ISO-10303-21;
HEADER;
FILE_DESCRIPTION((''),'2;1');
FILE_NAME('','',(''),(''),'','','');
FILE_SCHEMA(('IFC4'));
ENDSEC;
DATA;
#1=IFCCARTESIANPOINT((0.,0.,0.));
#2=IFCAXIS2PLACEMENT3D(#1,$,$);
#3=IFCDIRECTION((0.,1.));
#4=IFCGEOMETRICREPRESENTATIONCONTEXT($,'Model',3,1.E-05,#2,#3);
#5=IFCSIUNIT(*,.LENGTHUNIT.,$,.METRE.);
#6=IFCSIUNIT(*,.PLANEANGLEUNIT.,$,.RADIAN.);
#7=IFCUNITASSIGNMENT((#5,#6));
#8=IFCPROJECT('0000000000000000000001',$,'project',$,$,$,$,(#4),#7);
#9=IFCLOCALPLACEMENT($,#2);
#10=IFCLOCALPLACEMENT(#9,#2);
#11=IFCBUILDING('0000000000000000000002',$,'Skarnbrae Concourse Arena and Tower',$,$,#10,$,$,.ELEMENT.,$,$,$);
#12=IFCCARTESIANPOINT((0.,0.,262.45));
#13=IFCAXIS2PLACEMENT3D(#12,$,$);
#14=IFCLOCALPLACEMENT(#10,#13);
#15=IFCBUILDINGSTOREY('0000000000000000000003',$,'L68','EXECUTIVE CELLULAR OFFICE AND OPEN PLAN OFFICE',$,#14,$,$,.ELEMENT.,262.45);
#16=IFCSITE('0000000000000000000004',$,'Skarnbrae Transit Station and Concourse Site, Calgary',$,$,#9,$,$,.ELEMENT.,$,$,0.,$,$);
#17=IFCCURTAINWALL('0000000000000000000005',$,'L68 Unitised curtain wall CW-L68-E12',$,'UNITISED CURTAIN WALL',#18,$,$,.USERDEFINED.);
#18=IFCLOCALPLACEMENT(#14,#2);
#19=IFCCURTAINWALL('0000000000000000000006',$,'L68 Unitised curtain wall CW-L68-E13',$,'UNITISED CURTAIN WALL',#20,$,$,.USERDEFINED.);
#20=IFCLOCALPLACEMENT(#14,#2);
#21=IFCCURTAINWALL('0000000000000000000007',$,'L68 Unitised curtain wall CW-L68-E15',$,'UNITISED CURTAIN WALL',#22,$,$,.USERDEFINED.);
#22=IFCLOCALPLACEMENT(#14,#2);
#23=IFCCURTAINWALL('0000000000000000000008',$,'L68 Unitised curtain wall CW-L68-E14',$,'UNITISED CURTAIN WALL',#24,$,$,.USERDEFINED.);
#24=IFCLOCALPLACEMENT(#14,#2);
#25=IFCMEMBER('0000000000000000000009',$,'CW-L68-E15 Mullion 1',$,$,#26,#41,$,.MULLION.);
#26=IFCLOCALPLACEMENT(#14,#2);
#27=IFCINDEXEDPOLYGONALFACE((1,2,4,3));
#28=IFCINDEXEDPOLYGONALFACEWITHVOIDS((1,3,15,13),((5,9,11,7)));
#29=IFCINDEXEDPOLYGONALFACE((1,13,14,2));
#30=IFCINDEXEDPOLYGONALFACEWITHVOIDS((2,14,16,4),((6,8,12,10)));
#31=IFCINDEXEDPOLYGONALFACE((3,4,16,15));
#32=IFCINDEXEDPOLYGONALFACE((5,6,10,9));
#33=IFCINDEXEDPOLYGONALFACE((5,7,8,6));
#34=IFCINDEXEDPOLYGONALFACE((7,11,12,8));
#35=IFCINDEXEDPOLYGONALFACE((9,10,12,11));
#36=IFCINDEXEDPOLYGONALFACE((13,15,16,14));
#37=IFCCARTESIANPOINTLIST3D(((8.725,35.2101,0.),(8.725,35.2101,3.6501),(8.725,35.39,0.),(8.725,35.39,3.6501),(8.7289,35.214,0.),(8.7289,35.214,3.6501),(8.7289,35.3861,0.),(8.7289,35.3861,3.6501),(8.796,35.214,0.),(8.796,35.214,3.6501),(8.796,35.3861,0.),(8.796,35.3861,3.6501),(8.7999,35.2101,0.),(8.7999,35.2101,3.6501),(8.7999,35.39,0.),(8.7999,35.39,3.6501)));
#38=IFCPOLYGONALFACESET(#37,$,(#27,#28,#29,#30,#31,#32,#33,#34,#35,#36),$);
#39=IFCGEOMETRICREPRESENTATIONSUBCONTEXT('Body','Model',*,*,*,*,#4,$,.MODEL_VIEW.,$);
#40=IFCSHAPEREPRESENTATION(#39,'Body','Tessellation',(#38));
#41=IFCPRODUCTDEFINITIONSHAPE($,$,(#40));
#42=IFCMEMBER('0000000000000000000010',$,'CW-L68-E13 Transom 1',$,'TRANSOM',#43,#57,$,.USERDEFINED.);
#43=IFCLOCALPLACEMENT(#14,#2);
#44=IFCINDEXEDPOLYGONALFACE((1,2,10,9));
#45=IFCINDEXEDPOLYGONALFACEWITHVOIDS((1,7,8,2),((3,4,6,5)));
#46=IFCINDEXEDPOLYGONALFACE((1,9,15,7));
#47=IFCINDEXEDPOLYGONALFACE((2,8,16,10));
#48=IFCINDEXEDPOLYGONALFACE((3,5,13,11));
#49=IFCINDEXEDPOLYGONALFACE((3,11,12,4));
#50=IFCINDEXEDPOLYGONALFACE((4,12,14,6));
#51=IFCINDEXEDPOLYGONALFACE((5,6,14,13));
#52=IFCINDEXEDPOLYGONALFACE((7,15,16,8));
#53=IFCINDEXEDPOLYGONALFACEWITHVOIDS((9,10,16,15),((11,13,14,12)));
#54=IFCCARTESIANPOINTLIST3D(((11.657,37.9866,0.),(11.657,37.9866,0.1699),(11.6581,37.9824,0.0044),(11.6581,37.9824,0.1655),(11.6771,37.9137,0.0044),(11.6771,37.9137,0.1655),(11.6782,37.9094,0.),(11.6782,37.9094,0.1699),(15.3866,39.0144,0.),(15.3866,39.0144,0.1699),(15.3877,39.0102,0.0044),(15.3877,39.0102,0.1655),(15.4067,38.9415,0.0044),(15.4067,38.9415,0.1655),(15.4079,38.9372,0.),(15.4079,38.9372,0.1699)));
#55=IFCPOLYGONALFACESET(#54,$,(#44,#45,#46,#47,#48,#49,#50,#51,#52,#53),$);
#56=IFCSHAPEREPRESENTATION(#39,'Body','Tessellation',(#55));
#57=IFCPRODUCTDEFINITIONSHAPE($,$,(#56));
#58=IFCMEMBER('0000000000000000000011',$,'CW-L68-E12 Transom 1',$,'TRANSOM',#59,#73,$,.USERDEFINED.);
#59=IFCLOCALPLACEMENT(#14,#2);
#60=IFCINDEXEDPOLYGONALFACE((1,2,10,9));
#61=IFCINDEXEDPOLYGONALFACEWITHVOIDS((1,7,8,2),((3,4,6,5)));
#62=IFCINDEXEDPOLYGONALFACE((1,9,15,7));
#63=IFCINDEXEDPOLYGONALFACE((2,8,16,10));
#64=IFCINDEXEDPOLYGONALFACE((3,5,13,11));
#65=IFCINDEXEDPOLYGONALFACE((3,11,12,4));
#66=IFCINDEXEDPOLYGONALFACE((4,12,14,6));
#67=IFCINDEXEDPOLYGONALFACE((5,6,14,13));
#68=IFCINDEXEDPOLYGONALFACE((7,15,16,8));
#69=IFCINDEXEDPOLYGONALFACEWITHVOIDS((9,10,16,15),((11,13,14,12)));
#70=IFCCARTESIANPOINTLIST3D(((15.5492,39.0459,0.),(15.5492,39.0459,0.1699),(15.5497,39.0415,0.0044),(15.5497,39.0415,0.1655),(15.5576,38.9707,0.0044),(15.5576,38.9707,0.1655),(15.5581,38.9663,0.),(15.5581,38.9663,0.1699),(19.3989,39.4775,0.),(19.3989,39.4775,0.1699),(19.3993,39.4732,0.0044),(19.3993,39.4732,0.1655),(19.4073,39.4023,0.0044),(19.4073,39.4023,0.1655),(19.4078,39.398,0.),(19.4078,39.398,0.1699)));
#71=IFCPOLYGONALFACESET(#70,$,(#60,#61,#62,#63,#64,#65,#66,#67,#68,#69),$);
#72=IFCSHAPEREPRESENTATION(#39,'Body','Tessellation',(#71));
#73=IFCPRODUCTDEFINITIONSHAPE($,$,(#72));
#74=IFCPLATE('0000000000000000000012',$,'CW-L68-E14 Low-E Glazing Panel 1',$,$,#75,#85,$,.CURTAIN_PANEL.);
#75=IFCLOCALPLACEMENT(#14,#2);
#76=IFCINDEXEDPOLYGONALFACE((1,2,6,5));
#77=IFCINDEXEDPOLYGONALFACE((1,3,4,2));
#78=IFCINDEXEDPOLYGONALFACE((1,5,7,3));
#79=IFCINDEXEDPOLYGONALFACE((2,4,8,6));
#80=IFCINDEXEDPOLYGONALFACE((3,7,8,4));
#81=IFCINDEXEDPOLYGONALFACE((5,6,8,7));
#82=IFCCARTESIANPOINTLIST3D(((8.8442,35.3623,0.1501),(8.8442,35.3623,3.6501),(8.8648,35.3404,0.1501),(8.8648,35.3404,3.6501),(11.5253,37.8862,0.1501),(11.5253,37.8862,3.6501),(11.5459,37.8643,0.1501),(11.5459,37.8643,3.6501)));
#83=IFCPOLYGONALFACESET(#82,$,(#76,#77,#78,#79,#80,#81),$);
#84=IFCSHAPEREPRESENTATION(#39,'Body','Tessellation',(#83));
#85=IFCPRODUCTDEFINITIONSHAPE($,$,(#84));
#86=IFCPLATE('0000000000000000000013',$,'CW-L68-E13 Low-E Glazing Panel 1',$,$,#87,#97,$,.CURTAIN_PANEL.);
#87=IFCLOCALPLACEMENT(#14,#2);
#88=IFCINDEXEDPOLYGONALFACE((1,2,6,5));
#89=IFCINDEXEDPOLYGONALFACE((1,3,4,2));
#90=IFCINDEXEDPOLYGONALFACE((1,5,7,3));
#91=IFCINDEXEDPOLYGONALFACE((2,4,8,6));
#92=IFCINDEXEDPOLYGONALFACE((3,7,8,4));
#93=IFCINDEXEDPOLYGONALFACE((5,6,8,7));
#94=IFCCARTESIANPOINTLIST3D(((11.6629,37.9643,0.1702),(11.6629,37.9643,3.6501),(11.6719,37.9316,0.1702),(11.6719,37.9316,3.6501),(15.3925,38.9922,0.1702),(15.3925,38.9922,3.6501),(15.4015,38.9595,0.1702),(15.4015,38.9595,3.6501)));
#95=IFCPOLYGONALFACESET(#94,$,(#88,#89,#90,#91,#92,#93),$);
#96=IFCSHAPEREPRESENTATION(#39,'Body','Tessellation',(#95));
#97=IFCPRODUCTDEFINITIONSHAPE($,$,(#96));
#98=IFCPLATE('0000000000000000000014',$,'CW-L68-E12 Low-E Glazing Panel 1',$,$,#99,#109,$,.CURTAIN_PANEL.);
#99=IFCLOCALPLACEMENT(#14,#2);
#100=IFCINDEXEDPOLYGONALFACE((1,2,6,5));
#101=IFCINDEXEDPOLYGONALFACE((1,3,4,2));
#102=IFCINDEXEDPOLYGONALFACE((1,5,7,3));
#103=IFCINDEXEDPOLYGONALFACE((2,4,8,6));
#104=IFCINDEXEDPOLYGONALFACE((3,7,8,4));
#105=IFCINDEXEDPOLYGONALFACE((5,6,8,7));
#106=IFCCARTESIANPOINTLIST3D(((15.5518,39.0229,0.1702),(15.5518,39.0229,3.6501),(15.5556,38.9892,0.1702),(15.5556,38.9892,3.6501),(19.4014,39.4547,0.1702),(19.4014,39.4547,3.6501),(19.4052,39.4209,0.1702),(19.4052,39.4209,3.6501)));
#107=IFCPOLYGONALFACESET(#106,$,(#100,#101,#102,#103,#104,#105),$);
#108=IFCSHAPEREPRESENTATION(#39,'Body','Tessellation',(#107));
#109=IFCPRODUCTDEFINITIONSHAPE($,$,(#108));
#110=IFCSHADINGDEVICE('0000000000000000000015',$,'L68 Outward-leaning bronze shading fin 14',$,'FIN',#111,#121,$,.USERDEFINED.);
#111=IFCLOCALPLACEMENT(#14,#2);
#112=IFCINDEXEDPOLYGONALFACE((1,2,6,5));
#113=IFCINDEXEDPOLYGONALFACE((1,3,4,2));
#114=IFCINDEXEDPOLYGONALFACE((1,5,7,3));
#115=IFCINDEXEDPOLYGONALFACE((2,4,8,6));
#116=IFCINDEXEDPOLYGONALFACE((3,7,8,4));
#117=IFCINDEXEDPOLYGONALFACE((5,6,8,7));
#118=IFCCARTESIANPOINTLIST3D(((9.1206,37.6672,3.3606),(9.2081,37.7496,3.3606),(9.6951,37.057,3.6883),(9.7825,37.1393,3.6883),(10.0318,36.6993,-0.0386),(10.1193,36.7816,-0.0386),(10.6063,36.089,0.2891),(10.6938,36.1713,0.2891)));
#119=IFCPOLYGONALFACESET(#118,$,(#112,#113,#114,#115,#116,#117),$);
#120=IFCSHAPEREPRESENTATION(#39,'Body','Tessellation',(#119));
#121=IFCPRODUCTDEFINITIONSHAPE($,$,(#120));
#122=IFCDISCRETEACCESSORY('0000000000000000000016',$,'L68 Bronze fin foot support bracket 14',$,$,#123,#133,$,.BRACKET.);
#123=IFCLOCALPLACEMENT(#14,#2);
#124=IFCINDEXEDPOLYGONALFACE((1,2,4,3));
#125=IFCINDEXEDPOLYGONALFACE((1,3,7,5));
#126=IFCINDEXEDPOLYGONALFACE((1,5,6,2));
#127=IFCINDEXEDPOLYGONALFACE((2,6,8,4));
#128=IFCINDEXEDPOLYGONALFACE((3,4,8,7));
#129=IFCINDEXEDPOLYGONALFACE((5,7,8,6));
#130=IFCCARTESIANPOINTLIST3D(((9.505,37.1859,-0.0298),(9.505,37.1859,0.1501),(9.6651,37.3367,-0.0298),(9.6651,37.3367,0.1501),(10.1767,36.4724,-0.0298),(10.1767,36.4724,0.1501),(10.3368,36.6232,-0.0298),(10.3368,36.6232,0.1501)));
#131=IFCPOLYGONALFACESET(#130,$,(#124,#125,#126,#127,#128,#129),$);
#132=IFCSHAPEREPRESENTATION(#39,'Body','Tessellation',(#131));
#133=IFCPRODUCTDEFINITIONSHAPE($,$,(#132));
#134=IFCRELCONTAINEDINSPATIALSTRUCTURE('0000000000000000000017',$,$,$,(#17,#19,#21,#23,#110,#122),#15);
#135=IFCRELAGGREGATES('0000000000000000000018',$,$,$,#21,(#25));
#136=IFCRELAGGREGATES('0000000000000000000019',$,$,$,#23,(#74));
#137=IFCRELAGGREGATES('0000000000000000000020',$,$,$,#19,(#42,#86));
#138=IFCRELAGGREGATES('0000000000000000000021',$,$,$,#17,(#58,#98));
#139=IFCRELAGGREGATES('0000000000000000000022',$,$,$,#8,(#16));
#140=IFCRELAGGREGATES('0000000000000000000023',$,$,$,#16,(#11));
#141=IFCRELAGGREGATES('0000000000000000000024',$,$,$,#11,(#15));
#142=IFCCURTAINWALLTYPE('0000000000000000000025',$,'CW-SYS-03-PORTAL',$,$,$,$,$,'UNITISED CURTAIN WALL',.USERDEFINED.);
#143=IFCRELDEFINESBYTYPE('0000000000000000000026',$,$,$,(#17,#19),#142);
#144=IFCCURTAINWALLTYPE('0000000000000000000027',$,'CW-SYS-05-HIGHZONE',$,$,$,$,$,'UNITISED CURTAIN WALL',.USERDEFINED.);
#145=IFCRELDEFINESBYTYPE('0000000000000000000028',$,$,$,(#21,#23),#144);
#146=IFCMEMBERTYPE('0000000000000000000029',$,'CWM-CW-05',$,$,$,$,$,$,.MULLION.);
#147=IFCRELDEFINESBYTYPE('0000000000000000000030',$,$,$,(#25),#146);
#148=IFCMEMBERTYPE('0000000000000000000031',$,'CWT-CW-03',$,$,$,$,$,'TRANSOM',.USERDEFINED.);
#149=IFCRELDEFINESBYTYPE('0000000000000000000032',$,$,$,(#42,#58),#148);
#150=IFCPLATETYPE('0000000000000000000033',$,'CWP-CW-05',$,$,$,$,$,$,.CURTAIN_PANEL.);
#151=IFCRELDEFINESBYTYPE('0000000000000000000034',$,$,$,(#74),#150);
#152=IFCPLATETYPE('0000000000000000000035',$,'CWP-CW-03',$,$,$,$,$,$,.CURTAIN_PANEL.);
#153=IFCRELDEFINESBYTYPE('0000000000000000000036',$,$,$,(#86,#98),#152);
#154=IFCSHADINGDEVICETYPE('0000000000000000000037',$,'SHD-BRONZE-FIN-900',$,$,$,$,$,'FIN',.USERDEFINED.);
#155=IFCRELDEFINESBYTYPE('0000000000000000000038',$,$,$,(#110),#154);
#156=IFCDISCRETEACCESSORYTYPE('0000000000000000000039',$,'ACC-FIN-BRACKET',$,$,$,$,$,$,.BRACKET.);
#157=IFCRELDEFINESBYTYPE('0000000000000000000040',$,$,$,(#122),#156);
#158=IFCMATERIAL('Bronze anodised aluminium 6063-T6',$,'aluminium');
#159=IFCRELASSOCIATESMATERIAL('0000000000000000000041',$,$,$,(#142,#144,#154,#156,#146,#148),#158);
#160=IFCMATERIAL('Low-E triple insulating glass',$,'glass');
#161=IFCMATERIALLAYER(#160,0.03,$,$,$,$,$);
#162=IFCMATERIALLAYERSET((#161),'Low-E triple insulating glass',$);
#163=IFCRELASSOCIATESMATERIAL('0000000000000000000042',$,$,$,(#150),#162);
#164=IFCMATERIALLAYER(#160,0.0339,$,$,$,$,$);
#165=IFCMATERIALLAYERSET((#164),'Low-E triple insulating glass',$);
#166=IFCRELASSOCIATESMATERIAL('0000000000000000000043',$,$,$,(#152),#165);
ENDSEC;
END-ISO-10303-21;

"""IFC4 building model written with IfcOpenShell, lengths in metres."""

from ifc_helpers import new_model, si_unit, direction, frame, origin, origin_2d, place, context, subcontext, project, spatial, rectangle, hollow_rectangle, extrude, source, transform, mapped, material, layer, layer_set, material_profile, profile_set, type_object, element, aggregate, save


model = new_model("IFC4")

# Units and contexts
model_context = context("Model", 3, precision=1e-05, world=origin(), true_north=direction((0.0, 1.0)))
body_context = subcontext(model_context, "Body", "Model", "MODEL_VIEW")
ifc_project = project(units=[si_unit("LENGTHUNIT", "METRE"), si_unit("PLANEANGLEUNIT", "RADIAN")], contexts=[model_context])

# Site, building, storey
site_placement = place(None, origin())
site = spatial("IfcSite", under=ifc_project, at=site_placement, Name="Skarnbrae Transit Station and Concourse Site, Calgary", CompositionType="ELEMENT", RefElevation=0.0)
building_placement = place(site_placement, origin())
building = spatial("IfcBuilding", under=site, at=building_placement, Name="Skarnbrae Concourse Arena and Tower", CompositionType="ELEMENT")
storey_placement = place(building_placement, frame((0.0, 0.0, 262.45)))
storey = spatial("IfcBuildingStorey", under=building, at=storey_placement, Name="L68", Description="EXECUTIVE CELLULAR OFFICE AND OPEN PLAN OFFICE", CompositionType="ELEMENT", Elevation=262.45)

# Shared definitions
ifc_material_1 = material(Name="Bronze anodised aluminium 6063-T6", Category="aluminium")
curtain_wall_type_1 = type_object("IfcCurtainWallType", Name="CW-SYS-03-PORTAL", ElementType="UNITISED CURTAIN WALL", PredefinedType="USERDEFINED", material=ifc_material_1)

# Curtain walls
curtain_wall_1_placement = place(storey_placement, origin())
curtain_wall_1 = element("IfcCurtainWall", 1, at=curtain_wall_1_placement, inside=storey, type_object=curtain_wall_type_1, Name="L68 Unitised curtain wall CW-L68-E12", ObjectType="UNITISED CURTAIN WALL", PredefinedType="USERDEFINED")
curtain_wall_2_placement = place(storey_placement, origin())
curtain_wall_2 = element("IfcCurtainWall", 2, at=curtain_wall_2_placement, inside=storey, type_object=curtain_wall_type_1, Name="L68 Unitised curtain wall CW-L68-E13", ObjectType="UNITISED CURTAIN WALL", PredefinedType="USERDEFINED")

# Curtain wall
curtain_wall_type_2 = type_object("IfcCurtainWallType", Name="CW-SYS-05-HIGHZONE", ElementType="UNITISED CURTAIN WALL", PredefinedType="USERDEFINED", material=ifc_material_1)
curtain_wall_3_placement = place(storey_placement, origin())
curtain_wall_3 = element("IfcCurtainWall", 3, at=curtain_wall_3_placement, inside=storey, type_object=curtain_wall_type_2, Name="L68 Unitised curtain wall CW-L68-E15", ObjectType="UNITISED CURTAIN WALL", PredefinedType="USERDEFINED")

# Curtain wall
curtain_wall_4_placement = place(storey_placement, origin())
curtain_wall_4 = element("IfcCurtainWall", 4, at=curtain_wall_4_placement, inside=storey, type_object=curtain_wall_type_2, Name="L68 Unitised curtain wall CW-L68-E14", ObjectType="UNITISED CURTAIN WALL", PredefinedType="USERDEFINED")
ifc_material_profile_1 = material_profile(ifc_material_1, hollow_rectangle(XDim=0.075, YDim=0.1799, WallThickness=0.0039, at=origin_2d()), Name="ALU-MULL-75X180")
ifc_profile_set_1 = profile_set([ifc_material_profile_1], Name="Bronze anodised aluminium 6063-T6")
member_type_1 = type_object("IfcMemberType", Name="CWM-CW-05", PredefinedType="MULLION", material=ifc_profile_set_1)
shared_shape_1 = source(origin(), body_context, "Body", "SweptSolid", [
    extrude(hollow_rectangle(XDim=0.075, YDim=0.1799, WallThickness=0.0039, at=origin_2d()), origin(), (0.0, 0.0, 1.0), 3.6501),
])

# Members
member_1_placement = place(storey_placement, frame((8.7625, 35.3, 0.0), z_axis=(0.0, 0.0, 1.0), x_axis=(-1.0, 0.0, 0.0)))
member_1 = element("IfcMember", 5, at=member_1_placement, type_object=member_type_1, Name="CW-L68-E15 Mullion 1", PredefinedType="MULLION", context=body_context, shape_type="MappedRepresentation", body=[
    mapped(shared_shape_1, transform((0.0, 0.0, 0.0))),
])
aggregate(curtain_wall_3, [member_1])
ifc_material_profile_2 = material_profile(ifc_material_1, hollow_rectangle(XDim=0.0801, YDim=0.1699, WallThickness=0.0044, at=origin_2d()), Name="ALU-TRAN-80X170")
ifc_profile_set_2 = profile_set([ifc_material_profile_2], Name="Bronze anodised aluminium 6063-T6")
member_type_2 = type_object("IfcMemberType", Name="CWT-CW-03", ElementType="TRANSOM", PredefinedType="USERDEFINED", material=ifc_profile_set_2)
shared_shape_2 = source(origin(), body_context, "Body", "SweptSolid", [
    extrude(hollow_rectangle(XDim=0.0801, YDim=0.1699, WallThickness=0.0044, at=origin_2d()), origin(), (0.0, 0.0, 1.0), 3.8687),
])
member_2_placement = place(storey_placement, frame((15.3972, 38.9758, 0.085), z_axis=(-0.964063, -0.265674, 0.0), x_axis=(0.265674, -0.964063, 0.0)))
member_2 = element("IfcMember", 6, at=member_2_placement, type_object=member_type_2, Name="CW-L68-E13 Transom 1", ObjectType="TRANSOM", PredefinedType="USERDEFINED", context=body_context, shape_type="MappedRepresentation", body=[
    mapped(shared_shape_2, transform((0.0, 0.0, 0.0))),
])
shared_shape_3 = source(origin(), body_context, "Body", "SweptSolid", [
    extrude(hollow_rectangle(XDim=0.0801, YDim=0.1699, WallThickness=0.0044, at=origin_2d()), origin(), (0.0, 0.0, 1.0), 3.8738),
])
member_3_placement = place(storey_placement, frame((19.4033, 39.4377, 0.085), z_axis=(-0.993773, -0.111428, 0.0), x_axis=(0.111428, -0.993773, 0.0)))
member_3 = element("IfcMember", 7, at=member_3_placement, type_object=member_type_2, Name="CW-L68-E12 Transom 1", ObjectType="TRANSOM", PredefinedType="USERDEFINED", context=body_context, shape_type="MappedRepresentation", body=[
    mapped(shared_shape_3, transform((0.0, 0.0, 0.0))),
])

# Plates
ifc_material_2 = material(Name="Low-E triple insulating glass", Category="glass")
ifc_layer_1 = layer(ifc_material_2, 0.03)
ifc_layer_set_1 = layer_set([ifc_layer_1], Name="Low-E triple insulating glass")
plate_type_1 = type_object("IfcPlateType", Name="CWP-CW-05", PredefinedType="CURTAIN_PANEL", material=ifc_layer_set_1)
shared_shape_4 = source(origin(), body_context, "Body", "SweptSolid", [
    extrude(rectangle(XDim=3.6821, YDim=0.03, at=origin_2d()), origin(), (0.0, 0.0, 1.0), 3.5),
])
plate_1_placement = place(storey_placement, frame((10.1951, 36.6133, 0.1501), z_axis=(0.0, 0.0, 1.0), x_axis=(-0.728131, -0.685438, 0.0)))
plate_1 = element("IfcPlate", 8, at=plate_1_placement, type_object=plate_type_1, Name="CW-L68-E14 Low-E Glazing Panel 1", PredefinedType="CURTAIN_PANEL", context=body_context, shape_type="MappedRepresentation", body=[
    mapped(shared_shape_4, transform((0.0, 0.0, 0.0))),
])
aggregate(curtain_wall_4, [plate_1])
ifc_layer_2 = layer(ifc_material_2, 0.0339)
ifc_layer_set_2 = layer_set([ifc_layer_2], Name="Low-E triple insulating glass")
plate_type_2 = type_object("IfcPlateType", Name="CWP-CW-03", PredefinedType="CURTAIN_PANEL", material=ifc_layer_set_2)
shared_shape_5 = source(origin(), body_context, "Body", "SweptSolid", [
    extrude(rectangle(XDim=3.8687, YDim=0.0339, at=origin_2d()), origin(), (0.0, 0.0, 1.0), 3.48),
])
plate_2_placement = place(storey_placement, frame((13.5322, 38.4619, 0.1702), z_axis=(0.0, 0.0, 1.0), x_axis=(-0.964057, -0.265694, 0.0)))
plate_2 = element("IfcPlate", 9, at=plate_2_placement, type_object=plate_type_2, Name="CW-L68-E13 Low-E Glazing Panel 1", PredefinedType="CURTAIN_PANEL", context=body_context, shape_type="MappedRepresentation", body=[
    mapped(shared_shape_5, transform((0.0, 0.0, 0.0))),
])
aggregate(curtain_wall_2, [member_2, plate_2])
shared_shape_6 = source(origin(), body_context, "Body", "SweptSolid", [
    extrude(rectangle(XDim=3.8738, YDim=0.0339, at=origin_2d()), origin(), (0.0, 0.0, 1.0), 3.48),
])
plate_3_placement = place(storey_placement, frame((17.4785, 39.2219, 0.1702), z_axis=(0.0, 0.0, 1.0), x_axis=(-0.993769, -0.11146, 0.0)))
plate_3 = element("IfcPlate", 10, at=plate_3_placement, type_object=plate_type_2, Name="CW-L68-E12 Low-E Glazing Panel 1", PredefinedType="CURTAIN_PANEL", context=body_context, shape_type="MappedRepresentation", body=[
    mapped(shared_shape_6, transform((0.0, 0.0, 0.0))),
])
aggregate(curtain_wall_1, [member_3, plate_3])

# Shading device
shading_device_type = type_object("IfcShadingDeviceType", Name="SHD-BRONZE-FIN-900", ElementType="FIN", PredefinedType="USERDEFINED", material=ifc_material_1)
shared_shape_7 = source(origin(), body_context, "Body", "SweptSolid", [
    extrude(rectangle(XDim=0.1201, YDim=0.8999, at=origin_2d()), origin(), (0.0, 0.0, 1.0), 3.6499),
])
shading_device_placement = place(storey_placement, frame((10.3628, 36.4353, 0.1252), z_axis=(-0.249655, 0.265205, 0.93131), x_axis=(0.728132, 0.685437, 0.0)))
element("IfcShadingDevice", 11, at=shading_device_placement, inside=storey, type_object=shading_device_type, Name="L68 Outward-leaning bronze shading fin 14", ObjectType="FIN", PredefinedType="USERDEFINED", context=body_context, shape_type="MappedRepresentation", body=[
    mapped(shared_shape_7, transform((0.0, 0.0, 0.0))),
])

# Discrete accessory
discrete_accessory_type = type_object("IfcDiscreteAccessoryType", Name="ACC-FIN-BRACKET", PredefinedType="BRACKET", material=ifc_material_1)
shared_shape_8 = source(origin(), body_context, "Body", "SweptSolid", [
    extrude(rectangle(XDim=0.22, YDim=0.98, at=origin_2d()), origin(), (0.0, 0.0, 1.0), 0.1799),
])
discrete_accessory_placement = place(storey_placement, frame((9.9209, 36.9045, -0.0298), z_axis=(0.0, 0.0, 1.0), x_axis=(0.728132, 0.685437, 0.0)))
element("IfcDiscreteAccessory", 12, at=discrete_accessory_placement, inside=storey, type_object=discrete_accessory_type, Name="L68 Bronze fin foot support bracket 14", PredefinedType="BRACKET", context=body_context, shape_type="MappedRepresentation", body=[
    mapped(shared_shape_8, transform((0.0, 0.0, 0.0))),
])

save(model, "model.ifc")
